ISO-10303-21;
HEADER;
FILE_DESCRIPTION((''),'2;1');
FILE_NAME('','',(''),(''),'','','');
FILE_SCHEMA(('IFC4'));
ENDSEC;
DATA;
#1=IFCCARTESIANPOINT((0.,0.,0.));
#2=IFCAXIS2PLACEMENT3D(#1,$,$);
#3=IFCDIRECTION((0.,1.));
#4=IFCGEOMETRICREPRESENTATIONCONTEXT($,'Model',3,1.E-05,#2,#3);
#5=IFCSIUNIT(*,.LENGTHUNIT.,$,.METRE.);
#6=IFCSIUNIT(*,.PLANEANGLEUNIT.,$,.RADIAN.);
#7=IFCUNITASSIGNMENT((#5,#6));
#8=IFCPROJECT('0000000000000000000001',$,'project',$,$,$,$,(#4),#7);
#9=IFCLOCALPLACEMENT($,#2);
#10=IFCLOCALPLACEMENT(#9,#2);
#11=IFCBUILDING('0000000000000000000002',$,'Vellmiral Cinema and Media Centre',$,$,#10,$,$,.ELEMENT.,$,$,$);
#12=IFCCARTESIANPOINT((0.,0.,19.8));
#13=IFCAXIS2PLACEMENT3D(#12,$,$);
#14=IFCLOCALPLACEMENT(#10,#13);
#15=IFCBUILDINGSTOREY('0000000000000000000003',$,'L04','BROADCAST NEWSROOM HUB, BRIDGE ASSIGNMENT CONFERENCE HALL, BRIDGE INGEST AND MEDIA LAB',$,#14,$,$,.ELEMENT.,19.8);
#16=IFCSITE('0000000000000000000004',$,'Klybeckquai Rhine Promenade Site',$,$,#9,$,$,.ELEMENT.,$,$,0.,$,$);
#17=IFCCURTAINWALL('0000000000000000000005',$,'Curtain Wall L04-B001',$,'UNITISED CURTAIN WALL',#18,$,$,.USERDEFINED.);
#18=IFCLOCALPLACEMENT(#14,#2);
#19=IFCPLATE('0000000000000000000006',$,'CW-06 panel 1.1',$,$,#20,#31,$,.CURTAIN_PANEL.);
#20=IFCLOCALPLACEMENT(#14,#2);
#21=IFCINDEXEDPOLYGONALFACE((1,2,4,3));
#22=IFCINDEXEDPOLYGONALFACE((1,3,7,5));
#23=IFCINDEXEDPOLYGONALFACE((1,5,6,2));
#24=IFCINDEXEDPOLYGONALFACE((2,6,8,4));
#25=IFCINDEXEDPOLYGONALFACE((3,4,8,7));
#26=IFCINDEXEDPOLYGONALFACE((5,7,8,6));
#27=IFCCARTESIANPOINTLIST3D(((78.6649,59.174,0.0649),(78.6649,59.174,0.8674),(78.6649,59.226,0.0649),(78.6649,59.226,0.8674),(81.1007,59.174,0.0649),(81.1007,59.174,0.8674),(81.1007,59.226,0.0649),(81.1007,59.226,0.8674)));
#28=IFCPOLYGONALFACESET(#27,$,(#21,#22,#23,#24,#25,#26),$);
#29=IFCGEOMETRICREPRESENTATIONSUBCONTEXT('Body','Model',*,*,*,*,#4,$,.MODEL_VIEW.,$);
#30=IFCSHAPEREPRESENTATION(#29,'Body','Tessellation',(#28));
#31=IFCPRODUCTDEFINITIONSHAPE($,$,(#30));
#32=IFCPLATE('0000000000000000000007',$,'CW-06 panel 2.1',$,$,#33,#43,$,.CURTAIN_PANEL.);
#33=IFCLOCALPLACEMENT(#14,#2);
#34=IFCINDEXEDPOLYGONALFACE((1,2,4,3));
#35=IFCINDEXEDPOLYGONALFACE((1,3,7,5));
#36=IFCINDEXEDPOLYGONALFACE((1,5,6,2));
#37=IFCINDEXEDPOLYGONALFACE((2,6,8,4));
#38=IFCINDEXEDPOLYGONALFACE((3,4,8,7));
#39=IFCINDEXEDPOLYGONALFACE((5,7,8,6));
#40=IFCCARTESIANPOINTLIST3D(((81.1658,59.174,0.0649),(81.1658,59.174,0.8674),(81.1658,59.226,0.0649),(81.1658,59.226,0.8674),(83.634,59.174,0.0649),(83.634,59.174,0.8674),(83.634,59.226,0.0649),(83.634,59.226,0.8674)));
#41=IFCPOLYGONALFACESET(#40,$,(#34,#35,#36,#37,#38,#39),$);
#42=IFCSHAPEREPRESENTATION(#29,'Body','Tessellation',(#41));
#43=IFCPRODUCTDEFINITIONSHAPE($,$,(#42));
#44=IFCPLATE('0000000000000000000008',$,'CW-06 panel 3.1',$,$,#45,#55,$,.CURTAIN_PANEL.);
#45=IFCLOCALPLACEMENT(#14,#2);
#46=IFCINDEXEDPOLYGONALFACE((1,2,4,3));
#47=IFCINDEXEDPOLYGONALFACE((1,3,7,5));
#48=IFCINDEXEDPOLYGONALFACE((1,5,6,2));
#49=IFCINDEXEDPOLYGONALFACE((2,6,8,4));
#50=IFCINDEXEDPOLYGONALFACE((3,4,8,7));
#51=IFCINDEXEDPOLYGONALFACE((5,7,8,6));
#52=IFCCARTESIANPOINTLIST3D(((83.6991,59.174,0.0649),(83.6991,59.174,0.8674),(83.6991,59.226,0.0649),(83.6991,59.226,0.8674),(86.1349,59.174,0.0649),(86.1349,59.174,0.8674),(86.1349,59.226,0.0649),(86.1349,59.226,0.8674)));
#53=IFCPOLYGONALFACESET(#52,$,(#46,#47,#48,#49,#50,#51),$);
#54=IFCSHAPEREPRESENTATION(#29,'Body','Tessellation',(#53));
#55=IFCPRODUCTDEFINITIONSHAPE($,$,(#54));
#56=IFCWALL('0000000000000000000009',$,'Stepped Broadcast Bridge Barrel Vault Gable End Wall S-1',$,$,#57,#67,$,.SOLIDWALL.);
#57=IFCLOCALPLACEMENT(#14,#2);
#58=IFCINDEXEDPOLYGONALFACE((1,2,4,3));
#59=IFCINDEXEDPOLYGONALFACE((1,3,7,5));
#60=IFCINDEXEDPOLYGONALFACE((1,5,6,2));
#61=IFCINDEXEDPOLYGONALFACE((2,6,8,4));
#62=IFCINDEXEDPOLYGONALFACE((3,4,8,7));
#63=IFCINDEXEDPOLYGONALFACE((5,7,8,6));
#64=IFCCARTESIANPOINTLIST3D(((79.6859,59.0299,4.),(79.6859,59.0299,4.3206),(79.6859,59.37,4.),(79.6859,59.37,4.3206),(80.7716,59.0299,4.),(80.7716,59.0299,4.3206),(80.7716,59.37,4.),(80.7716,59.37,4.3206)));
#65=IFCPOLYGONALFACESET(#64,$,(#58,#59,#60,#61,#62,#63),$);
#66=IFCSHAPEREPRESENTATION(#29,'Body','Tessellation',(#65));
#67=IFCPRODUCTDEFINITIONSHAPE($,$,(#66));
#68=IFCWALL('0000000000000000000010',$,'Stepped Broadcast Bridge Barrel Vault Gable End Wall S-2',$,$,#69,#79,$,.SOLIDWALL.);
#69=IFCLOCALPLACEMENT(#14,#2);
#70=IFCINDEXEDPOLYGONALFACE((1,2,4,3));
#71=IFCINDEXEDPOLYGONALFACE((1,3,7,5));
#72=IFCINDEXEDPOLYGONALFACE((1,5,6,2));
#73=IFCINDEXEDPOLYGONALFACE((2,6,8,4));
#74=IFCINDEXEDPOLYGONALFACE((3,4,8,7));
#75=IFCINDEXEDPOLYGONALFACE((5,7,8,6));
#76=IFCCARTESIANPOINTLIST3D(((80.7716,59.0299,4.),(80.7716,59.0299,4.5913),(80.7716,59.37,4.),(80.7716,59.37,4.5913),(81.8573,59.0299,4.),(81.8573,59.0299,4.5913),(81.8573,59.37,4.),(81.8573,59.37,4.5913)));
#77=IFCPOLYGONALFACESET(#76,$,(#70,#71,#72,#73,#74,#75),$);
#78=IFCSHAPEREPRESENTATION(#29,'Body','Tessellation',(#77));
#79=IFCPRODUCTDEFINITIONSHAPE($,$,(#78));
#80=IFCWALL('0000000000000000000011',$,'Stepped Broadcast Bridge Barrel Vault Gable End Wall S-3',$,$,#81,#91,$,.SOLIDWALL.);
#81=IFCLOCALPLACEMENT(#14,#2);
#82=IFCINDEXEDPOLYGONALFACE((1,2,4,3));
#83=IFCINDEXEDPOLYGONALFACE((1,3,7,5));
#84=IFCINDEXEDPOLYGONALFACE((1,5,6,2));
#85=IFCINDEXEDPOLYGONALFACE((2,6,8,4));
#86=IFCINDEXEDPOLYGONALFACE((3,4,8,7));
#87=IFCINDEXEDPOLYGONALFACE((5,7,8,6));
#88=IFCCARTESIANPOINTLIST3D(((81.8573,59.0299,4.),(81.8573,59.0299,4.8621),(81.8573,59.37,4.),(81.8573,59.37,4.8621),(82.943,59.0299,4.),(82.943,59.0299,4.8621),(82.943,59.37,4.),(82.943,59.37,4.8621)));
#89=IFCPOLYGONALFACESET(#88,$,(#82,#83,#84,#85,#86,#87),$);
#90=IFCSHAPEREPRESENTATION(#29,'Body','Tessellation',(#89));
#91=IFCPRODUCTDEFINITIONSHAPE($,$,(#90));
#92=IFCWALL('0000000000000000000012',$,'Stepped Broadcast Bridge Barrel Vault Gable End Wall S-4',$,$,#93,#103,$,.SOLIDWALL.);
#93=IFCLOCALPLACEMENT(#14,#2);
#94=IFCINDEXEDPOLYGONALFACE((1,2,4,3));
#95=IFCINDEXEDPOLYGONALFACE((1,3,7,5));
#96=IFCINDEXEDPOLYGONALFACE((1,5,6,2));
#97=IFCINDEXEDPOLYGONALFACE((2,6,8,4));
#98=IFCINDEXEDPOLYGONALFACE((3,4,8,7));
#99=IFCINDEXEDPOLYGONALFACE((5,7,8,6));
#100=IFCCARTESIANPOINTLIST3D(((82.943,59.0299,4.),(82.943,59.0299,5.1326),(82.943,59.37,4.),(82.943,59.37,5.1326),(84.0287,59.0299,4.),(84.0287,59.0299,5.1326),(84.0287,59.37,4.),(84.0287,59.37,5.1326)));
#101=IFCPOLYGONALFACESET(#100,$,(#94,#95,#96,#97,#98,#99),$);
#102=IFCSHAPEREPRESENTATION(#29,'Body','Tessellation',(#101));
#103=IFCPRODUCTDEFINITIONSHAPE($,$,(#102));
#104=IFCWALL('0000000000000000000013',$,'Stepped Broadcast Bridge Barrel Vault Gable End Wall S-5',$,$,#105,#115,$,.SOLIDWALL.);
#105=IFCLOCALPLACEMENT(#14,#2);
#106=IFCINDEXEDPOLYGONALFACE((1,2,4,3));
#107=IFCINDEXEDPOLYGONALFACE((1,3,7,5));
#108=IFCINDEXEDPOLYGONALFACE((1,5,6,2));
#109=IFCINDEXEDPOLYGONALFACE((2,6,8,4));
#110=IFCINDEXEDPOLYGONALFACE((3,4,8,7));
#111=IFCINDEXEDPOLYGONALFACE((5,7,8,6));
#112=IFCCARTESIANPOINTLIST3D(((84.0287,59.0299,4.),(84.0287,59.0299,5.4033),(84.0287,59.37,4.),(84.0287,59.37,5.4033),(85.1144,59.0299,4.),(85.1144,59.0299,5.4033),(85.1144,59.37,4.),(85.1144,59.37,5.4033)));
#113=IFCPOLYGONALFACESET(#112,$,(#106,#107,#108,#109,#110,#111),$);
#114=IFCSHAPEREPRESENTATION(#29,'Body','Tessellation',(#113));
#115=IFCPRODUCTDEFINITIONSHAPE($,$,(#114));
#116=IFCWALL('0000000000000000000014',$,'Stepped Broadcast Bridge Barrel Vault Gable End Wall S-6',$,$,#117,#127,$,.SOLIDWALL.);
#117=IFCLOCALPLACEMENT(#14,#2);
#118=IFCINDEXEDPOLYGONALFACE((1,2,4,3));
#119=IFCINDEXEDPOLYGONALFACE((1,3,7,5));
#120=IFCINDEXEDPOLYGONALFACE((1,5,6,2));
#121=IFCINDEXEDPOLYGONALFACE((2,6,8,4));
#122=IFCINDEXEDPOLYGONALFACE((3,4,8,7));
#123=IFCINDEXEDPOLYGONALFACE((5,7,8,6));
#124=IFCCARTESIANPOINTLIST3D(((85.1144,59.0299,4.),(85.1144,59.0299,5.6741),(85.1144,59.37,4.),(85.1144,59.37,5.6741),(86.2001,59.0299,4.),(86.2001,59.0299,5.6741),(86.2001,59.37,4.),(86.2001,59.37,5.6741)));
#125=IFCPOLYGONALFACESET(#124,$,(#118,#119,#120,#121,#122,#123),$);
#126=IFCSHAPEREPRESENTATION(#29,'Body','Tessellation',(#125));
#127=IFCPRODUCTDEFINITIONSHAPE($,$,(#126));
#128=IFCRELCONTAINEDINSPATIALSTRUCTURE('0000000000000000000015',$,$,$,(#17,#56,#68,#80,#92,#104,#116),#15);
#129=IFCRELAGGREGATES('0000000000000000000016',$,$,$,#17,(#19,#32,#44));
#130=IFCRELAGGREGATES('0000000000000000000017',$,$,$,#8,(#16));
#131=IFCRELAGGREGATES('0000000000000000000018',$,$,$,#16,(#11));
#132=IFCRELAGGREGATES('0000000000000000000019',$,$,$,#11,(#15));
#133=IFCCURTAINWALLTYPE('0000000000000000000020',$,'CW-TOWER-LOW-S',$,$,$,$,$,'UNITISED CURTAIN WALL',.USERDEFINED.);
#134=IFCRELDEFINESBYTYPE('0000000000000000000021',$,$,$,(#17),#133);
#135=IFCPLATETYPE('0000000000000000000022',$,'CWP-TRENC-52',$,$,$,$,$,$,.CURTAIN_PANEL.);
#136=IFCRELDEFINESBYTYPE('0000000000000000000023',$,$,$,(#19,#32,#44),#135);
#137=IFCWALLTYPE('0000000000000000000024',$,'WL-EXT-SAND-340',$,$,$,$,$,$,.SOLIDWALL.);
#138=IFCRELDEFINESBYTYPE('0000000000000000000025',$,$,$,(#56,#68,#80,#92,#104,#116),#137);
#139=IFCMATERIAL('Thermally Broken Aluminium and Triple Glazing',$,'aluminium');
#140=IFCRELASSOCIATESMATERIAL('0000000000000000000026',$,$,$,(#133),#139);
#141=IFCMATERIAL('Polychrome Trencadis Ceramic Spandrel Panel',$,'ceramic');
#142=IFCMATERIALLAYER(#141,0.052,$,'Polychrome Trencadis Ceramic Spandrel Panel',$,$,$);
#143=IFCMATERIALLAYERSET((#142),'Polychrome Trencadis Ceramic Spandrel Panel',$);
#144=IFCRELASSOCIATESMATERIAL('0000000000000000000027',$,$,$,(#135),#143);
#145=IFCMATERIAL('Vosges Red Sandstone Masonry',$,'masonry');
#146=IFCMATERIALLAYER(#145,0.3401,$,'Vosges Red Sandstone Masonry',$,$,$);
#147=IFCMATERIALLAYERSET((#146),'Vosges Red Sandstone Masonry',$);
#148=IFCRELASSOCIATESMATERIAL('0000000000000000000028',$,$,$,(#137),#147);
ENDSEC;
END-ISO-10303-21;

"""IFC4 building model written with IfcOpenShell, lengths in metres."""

from ifc_helpers import new_model, si_unit, direction, frame, frame_2d, origin, origin_2d, place, context, subcontext, project, spatial, rectangle, extrude, material, layer, layer_set, type_object, element, aggregate, save


model = new_model("IFC4")

# Units and contexts
model_context = context("Model", 3, precision=1e-05, world=origin(), true_north=direction((0.0, 1.0)))
body_context = subcontext(model_context, "Body", "Model", "MODEL_VIEW")
ifc_project = project(units=[si_unit("LENGTHUNIT", "METRE"), si_unit("PLANEANGLEUNIT", "RADIAN")], contexts=[model_context])

# Site, building, storey
site_placement = place(None, origin())
site = spatial("IfcSite", under=ifc_project, at=site_placement, Name="Klybeckquai Rhine Promenade Site", CompositionType="ELEMENT", RefElevation=0.0)
building_placement = place(site_placement, origin())
building = spatial("IfcBuilding", under=site, at=building_placement, Name="Vellmiral Cinema and Media Centre", CompositionType="ELEMENT")
storey_placement = place(building_placement, frame((0.0, 0.0, 19.8)))
storey = spatial("IfcBuildingStorey", under=building, at=storey_placement, Name="L04", Description="BROADCAST NEWSROOM HUB, BRIDGE ASSIGNMENT CONFERENCE HALL, BRIDGE INGEST AND MEDIA LAB", CompositionType="ELEMENT", Elevation=19.8)

# Curtain wall, plates
ifc_material_1 = material(Name="Thermally Broken Aluminium and Triple Glazing", Category="aluminium")
curtain_wall_type = type_object("IfcCurtainWallType", Name="CW-TOWER-LOW-S", ElementType="UNITISED CURTAIN WALL", PredefinedType="USERDEFINED", material=ifc_material_1)
curtain_wall_placement = place(storey_placement, origin())
curtain_wall = element("IfcCurtainWall", 1, at=curtain_wall_placement, inside=storey, type_object=curtain_wall_type, Name="Curtain Wall L04-B001", ObjectType="UNITISED CURTAIN WALL", PredefinedType="USERDEFINED")
ifc_material_2 = material(Name="Polychrome Trencadis Ceramic Spandrel Panel", Category="ceramic")
ifc_layer_1 = layer(ifc_material_2, 0.052, Name="Polychrome Trencadis Ceramic Spandrel Panel")
ifc_layer_set_1 = layer_set([ifc_layer_1], Name="Polychrome Trencadis Ceramic Spandrel Panel")
plate_type_1 = type_object("IfcPlateType", Name="CWP-TRENC-52", PredefinedType="CURTAIN_PANEL", material=ifc_layer_set_1)
plate_1_placement = place(storey_placement, frame((79.8828, 59.2, 0.0649), z_axis=(0.0, 0.0, 1.0), x_axis=(1.0, 0.0, 0.0)))
plate_1 = element("IfcPlate", 2, at=plate_1_placement, type_object=plate_type_1, Name="CW-06 panel 1.1", PredefinedType="CURTAIN_PANEL", context=body_context, shape_type="SweptSolid", body=[
    extrude(rectangle(XDim=2.4358, YDim=0.052, at=origin_2d()), origin(), (0.0, 0.0, 1.0), 0.8025),
])
plate_2_placement = place(storey_placement, frame((82.3999, 59.2, 0.0649), z_axis=(0.0, 0.0, 1.0), x_axis=(1.0, 0.0, 0.0)))
plate_2 = element("IfcPlate", 3, at=plate_2_placement, type_object=plate_type_1, Name="CW-06 panel 2.1", PredefinedType="CURTAIN_PANEL", context=body_context, shape_type="SweptSolid", body=[
    extrude(rectangle(XDim=2.4683, YDim=0.052, at=origin_2d()), origin(), (0.0, 0.0, 1.0), 0.8025),
])
plate_3_placement = place(storey_placement, frame((84.917, 59.2, 0.0649), z_axis=(0.0, 0.0, 1.0), x_axis=(1.0, 0.0, 0.0)))
plate_3 = element("IfcPlate", 4, at=plate_3_placement, type_object=plate_type_1, Name="CW-06 panel 3.1", PredefinedType="CURTAIN_PANEL", context=body_context, shape_type="SweptSolid", body=[
    extrude(rectangle(XDim=2.4358, YDim=0.052, at=origin_2d()), origin(), (0.0, 0.0, 1.0), 0.8025),
])
aggregate(curtain_wall, [plate_1, plate_2, plate_3])

# Walls
ifc_material_3 = material(Name="Vosges Red Sandstone Masonry", Category="masonry")
ifc_layer_2 = layer(ifc_material_3, 0.3401, Name="Vosges Red Sandstone Masonry")
ifc_layer_set_2 = layer_set([ifc_layer_2], Name="Vosges Red Sandstone Masonry")
wall_type = type_object("IfcWallType", Name="WL-EXT-SAND-340", PredefinedType="SOLIDWALL", material=ifc_layer_set_2)
wall_1_placement = place(storey_placement, frame((79.6858, 59.2, 4.0), z_axis=(0.0, 0.0, 1.0), x_axis=(1.0, 0.0, 0.0)))
element("IfcWall", 5, at=wall_1_placement, inside=storey, type_object=wall_type, Name="Stepped Broadcast Bridge Barrel Vault Gable End Wall S-1", PredefinedType="SOLIDWALL", context=body_context, shape_type="SweptSolid", body=[
    extrude(rectangle(XDim=1.0857, YDim=0.3401, at=frame_2d((0.543, 0.0))), origin(), (0.0, 0.0, 1.0), 0.3206),
])
wall_2_placement = place(storey_placement, frame((80.7715, 59.2, 4.0), z_axis=(0.0, 0.0, 1.0), x_axis=(1.0, 0.0, 0.0)))
element("IfcWall", 6, at=wall_2_placement, inside=storey, type_object=wall_type, Name="Stepped Broadcast Bridge Barrel Vault Gable End Wall S-2", PredefinedType="SOLIDWALL", context=body_context, shape_type="SweptSolid", body=[
    extrude(rectangle(XDim=1.0857, YDim=0.3401, at=frame_2d((0.543, 0.0))), origin(), (0.0, 0.0, 1.0), 0.5913),
])
wall_3_placement = place(storey_placement, frame((81.8572, 59.2, 4.0), z_axis=(0.0, 0.0, 1.0), x_axis=(1.0, 0.0, 0.0)))
element("IfcWall", 7, at=wall_3_placement, inside=storey, type_object=wall_type, Name="Stepped Broadcast Bridge Barrel Vault Gable End Wall S-3", PredefinedType="SOLIDWALL", context=body_context, shape_type="SweptSolid", body=[
    extrude(rectangle(XDim=1.0857, YDim=0.3401, at=frame_2d((0.543, 0.0))), origin(), (0.0, 0.0, 1.0), 0.8621),
])
wall_4_placement = place(storey_placement, frame((82.9429, 59.2, 4.0), z_axis=(0.0, 0.0, 1.0), x_axis=(1.0, 0.0, 0.0)))
element("IfcWall", 8, at=wall_4_placement, inside=storey, type_object=wall_type, Name="Stepped Broadcast Bridge Barrel Vault Gable End Wall S-4", PredefinedType="SOLIDWALL", context=body_context, shape_type="SweptSolid", body=[
    extrude(rectangle(XDim=1.0857, YDim=0.3401, at=frame_2d((0.543, 0.0))), origin(), (0.0, 0.0, 1.0), 1.1326),
])
wall_5_placement = place(storey_placement, frame((84.0286, 59.2, 4.0), z_axis=(0.0, 0.0, 1.0), x_axis=(1.0, 0.0, 0.0)))
element("IfcWall", 9, at=wall_5_placement, inside=storey, type_object=wall_type, Name="Stepped Broadcast Bridge Barrel Vault Gable End Wall S-5", PredefinedType="SOLIDWALL", context=body_context, shape_type="SweptSolid", body=[
    extrude(rectangle(XDim=1.0857, YDim=0.3401, at=frame_2d((0.543, 0.0))), origin(), (0.0, 0.0, 1.0), 1.4033),
])
wall_6_placement = place(storey_placement, frame((85.1143, 59.2, 4.0), z_axis=(0.0, 0.0, 1.0), x_axis=(1.0, 0.0, 0.0)))
element("IfcWall", 10, at=wall_6_placement, inside=storey, type_object=wall_type, Name="Stepped Broadcast Bridge Barrel Vault Gable End Wall S-6", PredefinedType="SOLIDWALL", context=body_context, shape_type="SweptSolid", body=[
    extrude(rectangle(XDim=1.0857, YDim=0.3401, at=frame_2d((0.543, 0.0))), origin(), (0.0, 0.0, 1.0), 1.6741),
])

save(model, "model.ifc")
